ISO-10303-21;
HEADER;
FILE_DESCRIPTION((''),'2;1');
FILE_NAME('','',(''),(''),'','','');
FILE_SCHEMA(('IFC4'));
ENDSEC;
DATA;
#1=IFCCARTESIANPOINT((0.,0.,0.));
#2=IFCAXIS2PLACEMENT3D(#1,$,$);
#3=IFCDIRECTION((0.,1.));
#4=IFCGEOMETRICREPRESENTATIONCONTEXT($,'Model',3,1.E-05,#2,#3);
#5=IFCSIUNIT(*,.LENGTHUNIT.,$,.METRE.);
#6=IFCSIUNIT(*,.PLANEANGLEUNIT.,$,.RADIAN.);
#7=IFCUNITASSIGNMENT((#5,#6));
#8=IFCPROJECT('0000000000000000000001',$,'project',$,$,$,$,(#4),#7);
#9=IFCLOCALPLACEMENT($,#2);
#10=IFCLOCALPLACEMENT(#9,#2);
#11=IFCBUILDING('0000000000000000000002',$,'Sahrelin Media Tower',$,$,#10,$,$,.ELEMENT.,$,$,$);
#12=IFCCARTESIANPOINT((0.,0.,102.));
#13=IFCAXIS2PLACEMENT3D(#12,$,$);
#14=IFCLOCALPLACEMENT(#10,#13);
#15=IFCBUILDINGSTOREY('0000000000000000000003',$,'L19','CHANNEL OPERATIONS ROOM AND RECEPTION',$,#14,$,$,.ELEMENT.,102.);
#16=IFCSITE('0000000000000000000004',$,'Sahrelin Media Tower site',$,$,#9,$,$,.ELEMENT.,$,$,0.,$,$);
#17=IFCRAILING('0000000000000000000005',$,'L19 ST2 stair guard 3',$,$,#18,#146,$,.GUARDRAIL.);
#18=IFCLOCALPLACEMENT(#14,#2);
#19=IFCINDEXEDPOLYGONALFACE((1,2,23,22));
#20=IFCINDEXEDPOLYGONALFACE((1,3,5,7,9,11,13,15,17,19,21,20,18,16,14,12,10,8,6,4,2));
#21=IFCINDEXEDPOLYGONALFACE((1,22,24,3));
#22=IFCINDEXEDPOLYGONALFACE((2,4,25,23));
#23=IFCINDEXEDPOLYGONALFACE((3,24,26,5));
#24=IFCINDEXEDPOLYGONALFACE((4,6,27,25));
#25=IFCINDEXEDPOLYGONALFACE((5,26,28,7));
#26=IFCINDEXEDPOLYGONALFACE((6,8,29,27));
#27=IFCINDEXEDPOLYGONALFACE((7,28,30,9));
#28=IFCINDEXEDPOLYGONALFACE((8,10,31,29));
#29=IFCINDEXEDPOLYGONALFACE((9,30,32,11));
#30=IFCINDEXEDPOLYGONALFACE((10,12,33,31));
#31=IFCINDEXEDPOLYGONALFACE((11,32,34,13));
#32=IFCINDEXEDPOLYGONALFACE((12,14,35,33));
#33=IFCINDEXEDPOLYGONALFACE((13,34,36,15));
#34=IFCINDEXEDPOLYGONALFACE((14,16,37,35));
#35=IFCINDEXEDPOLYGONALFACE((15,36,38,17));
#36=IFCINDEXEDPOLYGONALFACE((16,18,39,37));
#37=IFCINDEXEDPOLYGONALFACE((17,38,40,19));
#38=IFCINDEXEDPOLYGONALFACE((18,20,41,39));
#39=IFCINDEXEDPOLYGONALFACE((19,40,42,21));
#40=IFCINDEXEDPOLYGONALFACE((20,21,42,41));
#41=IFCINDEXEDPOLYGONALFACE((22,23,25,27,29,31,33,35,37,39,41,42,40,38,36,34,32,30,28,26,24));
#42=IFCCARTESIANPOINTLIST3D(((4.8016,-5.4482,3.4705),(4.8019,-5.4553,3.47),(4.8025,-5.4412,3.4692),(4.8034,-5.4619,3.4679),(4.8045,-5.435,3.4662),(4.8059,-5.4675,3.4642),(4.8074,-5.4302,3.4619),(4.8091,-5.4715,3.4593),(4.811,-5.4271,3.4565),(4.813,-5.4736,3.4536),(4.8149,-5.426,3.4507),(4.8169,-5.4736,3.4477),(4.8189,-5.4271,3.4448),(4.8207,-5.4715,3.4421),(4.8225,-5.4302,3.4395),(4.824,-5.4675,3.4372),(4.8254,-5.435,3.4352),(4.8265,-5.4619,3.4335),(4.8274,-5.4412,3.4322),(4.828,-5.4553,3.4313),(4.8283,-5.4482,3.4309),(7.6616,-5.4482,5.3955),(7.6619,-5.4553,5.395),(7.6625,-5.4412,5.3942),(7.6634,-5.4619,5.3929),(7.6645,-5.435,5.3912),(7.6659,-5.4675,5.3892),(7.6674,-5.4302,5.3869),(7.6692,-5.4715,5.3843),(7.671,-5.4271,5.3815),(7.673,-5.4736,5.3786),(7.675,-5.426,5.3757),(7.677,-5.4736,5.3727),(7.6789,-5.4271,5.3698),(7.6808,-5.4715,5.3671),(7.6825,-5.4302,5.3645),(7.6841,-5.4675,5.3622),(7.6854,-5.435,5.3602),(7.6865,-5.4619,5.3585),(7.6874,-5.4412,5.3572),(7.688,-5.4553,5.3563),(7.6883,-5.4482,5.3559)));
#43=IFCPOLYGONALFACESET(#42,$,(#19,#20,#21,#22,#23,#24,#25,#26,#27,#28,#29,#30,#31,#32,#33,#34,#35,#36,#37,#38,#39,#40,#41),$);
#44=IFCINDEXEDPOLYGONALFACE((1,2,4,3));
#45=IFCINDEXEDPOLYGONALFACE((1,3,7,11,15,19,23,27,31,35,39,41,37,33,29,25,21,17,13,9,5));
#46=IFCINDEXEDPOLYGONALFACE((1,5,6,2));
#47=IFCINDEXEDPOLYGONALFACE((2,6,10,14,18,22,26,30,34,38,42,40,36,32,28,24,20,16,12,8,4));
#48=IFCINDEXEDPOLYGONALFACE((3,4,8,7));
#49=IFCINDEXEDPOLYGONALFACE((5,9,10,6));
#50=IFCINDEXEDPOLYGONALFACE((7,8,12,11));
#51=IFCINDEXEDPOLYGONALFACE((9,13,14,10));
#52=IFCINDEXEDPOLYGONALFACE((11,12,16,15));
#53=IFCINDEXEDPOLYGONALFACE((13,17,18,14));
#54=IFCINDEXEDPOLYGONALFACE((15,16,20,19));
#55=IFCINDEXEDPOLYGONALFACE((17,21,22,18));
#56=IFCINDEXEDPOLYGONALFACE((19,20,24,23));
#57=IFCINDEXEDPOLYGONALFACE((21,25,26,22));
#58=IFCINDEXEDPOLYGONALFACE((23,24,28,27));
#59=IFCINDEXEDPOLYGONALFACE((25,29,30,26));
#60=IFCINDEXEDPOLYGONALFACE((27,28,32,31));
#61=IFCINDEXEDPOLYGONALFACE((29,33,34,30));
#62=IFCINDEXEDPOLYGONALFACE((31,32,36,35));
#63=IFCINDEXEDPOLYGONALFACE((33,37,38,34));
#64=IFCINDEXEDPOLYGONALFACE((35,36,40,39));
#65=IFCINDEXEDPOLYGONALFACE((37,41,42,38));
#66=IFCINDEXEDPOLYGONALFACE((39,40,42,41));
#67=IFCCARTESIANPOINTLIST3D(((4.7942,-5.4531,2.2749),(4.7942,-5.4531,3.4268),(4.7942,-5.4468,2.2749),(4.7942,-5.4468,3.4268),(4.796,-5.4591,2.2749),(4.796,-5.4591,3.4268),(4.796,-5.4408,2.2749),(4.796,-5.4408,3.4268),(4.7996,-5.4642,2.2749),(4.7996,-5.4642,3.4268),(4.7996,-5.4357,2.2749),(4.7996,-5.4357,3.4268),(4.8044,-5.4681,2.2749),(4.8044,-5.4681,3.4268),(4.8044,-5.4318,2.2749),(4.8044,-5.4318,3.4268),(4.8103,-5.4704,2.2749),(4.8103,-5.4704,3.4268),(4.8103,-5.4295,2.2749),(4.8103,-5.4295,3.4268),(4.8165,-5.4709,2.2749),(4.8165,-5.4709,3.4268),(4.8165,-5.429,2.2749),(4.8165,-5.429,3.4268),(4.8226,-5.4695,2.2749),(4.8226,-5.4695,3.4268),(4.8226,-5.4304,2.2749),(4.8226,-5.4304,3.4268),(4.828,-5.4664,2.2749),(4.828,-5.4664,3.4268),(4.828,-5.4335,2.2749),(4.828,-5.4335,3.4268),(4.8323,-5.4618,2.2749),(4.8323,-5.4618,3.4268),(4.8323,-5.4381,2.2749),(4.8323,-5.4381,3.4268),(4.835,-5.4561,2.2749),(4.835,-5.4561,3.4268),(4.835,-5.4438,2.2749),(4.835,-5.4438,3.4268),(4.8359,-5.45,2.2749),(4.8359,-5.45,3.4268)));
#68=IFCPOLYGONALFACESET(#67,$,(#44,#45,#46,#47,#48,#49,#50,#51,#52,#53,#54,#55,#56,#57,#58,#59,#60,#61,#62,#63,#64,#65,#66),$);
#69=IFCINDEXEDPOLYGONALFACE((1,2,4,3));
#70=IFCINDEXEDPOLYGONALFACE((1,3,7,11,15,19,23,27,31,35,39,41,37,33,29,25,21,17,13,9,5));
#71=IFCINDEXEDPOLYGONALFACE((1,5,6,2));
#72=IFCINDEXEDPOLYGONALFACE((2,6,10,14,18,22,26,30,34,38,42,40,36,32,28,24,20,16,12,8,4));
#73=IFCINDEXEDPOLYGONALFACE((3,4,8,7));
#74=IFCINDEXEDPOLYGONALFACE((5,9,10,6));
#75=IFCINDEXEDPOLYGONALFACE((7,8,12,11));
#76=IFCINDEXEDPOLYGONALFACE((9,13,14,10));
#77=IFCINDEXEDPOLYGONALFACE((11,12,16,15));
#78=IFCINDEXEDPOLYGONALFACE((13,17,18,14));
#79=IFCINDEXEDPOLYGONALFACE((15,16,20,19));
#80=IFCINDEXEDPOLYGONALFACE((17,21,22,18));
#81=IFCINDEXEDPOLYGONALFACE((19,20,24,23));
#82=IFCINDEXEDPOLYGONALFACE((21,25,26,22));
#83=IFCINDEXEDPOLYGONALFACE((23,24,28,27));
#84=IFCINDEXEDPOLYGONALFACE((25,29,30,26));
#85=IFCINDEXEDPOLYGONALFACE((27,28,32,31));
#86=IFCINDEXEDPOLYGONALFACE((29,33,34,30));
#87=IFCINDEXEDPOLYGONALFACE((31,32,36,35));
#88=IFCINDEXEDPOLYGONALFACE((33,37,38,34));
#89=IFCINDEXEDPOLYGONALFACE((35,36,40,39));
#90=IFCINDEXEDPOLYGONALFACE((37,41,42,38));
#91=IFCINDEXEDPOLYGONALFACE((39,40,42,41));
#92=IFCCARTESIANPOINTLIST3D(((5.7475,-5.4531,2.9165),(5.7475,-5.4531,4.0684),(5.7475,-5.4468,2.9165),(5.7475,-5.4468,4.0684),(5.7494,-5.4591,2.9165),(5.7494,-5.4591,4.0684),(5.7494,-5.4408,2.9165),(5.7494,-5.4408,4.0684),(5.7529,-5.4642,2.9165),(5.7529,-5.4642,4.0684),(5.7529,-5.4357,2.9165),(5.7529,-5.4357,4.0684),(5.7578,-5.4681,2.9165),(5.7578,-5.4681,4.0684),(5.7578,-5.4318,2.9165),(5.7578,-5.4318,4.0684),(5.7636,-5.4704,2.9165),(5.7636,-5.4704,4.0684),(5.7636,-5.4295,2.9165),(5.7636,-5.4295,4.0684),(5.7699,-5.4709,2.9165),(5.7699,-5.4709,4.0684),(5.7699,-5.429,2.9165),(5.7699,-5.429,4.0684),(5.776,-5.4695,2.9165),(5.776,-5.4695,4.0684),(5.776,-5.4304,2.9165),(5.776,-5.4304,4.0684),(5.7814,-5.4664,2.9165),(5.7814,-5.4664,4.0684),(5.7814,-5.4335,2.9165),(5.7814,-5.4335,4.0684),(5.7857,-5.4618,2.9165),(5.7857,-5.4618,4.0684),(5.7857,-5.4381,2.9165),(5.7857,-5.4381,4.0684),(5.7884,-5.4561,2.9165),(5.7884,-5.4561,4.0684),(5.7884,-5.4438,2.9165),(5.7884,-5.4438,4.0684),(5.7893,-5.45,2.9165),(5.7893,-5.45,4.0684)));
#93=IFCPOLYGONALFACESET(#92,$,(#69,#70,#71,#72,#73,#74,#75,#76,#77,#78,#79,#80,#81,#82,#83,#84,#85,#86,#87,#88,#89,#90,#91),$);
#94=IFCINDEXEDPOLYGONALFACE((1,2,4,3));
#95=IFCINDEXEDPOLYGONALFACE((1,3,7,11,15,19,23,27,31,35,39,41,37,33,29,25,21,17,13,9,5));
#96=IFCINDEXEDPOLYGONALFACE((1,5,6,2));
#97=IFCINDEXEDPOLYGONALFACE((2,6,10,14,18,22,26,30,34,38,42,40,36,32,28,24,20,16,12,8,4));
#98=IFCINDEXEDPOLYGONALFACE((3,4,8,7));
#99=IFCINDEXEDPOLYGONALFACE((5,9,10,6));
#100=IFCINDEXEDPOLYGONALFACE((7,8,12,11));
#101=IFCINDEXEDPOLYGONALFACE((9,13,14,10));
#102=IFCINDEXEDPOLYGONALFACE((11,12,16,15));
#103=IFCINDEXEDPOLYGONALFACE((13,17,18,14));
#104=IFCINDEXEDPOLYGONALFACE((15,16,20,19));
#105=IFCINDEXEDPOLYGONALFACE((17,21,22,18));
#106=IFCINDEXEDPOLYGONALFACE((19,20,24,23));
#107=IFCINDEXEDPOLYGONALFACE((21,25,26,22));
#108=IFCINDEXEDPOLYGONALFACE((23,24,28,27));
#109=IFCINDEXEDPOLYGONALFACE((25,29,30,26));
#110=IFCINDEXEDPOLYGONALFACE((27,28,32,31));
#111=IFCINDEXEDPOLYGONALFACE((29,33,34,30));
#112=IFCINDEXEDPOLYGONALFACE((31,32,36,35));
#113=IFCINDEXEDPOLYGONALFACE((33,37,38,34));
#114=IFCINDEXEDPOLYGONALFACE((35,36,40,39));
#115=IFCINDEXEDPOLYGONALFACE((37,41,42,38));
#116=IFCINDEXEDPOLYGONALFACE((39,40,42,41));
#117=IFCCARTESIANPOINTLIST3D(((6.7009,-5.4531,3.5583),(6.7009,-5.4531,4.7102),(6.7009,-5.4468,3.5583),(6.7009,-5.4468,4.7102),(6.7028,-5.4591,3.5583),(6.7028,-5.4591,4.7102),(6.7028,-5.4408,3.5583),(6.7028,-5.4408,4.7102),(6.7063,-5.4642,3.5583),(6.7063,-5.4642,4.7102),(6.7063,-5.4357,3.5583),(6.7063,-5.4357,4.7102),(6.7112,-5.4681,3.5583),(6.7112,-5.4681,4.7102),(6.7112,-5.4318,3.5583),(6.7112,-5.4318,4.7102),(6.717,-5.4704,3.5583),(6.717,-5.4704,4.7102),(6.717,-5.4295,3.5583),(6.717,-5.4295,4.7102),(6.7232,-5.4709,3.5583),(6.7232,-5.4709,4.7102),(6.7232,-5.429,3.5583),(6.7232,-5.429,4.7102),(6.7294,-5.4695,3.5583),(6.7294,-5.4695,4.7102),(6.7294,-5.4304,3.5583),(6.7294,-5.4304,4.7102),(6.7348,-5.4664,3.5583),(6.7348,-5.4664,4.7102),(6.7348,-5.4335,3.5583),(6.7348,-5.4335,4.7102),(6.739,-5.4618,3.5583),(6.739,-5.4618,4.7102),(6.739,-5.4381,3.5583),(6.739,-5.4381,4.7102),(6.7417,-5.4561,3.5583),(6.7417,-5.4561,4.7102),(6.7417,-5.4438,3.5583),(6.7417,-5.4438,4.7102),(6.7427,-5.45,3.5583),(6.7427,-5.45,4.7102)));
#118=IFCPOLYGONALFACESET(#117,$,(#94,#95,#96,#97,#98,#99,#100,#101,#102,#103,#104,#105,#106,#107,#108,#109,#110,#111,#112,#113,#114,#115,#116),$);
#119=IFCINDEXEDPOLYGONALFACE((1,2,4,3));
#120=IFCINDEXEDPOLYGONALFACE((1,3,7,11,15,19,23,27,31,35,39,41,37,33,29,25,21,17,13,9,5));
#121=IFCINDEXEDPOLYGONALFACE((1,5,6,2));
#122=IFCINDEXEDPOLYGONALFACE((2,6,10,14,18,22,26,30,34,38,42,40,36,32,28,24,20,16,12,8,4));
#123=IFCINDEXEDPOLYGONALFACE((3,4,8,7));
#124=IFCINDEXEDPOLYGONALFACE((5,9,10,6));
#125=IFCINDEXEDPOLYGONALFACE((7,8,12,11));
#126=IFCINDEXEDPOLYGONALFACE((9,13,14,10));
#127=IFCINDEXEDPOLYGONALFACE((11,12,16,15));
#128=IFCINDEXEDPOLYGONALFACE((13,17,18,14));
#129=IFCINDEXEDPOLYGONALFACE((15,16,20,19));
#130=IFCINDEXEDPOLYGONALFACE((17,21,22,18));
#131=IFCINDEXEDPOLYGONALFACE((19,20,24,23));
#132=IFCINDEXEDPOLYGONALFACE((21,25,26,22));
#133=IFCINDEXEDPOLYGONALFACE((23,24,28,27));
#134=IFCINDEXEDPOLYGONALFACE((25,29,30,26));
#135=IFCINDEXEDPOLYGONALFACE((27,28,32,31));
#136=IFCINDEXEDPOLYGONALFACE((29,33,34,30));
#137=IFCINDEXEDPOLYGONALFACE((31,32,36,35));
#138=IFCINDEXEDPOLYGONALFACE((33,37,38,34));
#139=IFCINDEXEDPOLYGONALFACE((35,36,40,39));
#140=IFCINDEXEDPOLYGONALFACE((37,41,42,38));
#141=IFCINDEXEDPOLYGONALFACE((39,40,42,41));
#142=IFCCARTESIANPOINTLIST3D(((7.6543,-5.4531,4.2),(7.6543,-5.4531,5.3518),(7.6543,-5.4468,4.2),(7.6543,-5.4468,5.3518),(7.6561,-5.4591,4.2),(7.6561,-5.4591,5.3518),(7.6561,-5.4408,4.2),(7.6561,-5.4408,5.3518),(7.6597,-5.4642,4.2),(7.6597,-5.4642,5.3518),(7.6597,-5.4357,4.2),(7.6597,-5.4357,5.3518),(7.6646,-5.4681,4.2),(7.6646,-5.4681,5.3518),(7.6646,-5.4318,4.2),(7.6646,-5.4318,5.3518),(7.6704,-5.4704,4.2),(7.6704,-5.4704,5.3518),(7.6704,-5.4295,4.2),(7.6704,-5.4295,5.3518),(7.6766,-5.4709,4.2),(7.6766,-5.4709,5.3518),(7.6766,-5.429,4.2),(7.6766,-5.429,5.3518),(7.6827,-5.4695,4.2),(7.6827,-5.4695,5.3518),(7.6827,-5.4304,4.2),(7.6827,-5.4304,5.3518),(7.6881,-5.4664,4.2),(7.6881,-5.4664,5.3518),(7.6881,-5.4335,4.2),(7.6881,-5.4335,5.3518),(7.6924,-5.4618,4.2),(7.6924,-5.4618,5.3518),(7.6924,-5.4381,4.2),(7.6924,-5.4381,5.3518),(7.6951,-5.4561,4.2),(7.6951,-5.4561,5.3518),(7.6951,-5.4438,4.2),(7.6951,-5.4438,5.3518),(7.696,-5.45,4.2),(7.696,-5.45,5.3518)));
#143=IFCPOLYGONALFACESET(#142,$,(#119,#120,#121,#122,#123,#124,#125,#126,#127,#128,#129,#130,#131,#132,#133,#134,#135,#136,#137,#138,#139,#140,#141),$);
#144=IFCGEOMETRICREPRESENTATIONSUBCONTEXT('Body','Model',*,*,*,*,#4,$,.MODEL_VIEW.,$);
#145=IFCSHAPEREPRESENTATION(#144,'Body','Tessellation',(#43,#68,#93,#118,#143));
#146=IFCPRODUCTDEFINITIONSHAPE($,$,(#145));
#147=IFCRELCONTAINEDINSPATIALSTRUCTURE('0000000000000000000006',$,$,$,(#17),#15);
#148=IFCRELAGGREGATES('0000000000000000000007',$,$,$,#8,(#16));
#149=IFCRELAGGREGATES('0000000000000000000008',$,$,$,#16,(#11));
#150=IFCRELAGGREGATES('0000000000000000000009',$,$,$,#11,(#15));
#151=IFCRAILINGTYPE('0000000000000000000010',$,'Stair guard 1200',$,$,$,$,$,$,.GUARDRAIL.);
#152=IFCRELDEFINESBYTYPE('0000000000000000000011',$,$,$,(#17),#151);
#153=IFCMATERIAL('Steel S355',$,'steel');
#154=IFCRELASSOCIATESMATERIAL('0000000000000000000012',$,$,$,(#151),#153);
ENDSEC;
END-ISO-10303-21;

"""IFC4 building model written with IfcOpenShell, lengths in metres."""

from ifc_helpers import new_model, si_unit, direction, frame, origin, origin_2d, place, context, subcontext, project, spatial, circle, extrude, material, type_object, element, save


model = new_model("IFC4")

# Units and contexts
model_context = context("Model", 3, precision=1e-05, world=origin(), true_north=direction((0.0, 1.0)))
body_context = subcontext(model_context, "Body", "Model", "MODEL_VIEW")
ifc_project = project(units=[si_unit("LENGTHUNIT", "METRE"), si_unit("PLANEANGLEUNIT", "RADIAN")], contexts=[model_context])

# Site, building, storey
site_placement = place(None, origin())
site = spatial("IfcSite", under=ifc_project, at=site_placement, Name="Sahrelin Media Tower site", CompositionType="ELEMENT", RefElevation=0.0)
building_placement = place(site_placement, origin())
building = spatial("IfcBuilding", under=site, at=building_placement, Name="Sahrelin Media Tower", CompositionType="ELEMENT")
storey_placement = place(building_placement, frame((0.0, 0.0, 102.0)))
storey = spatial("IfcBuildingStorey", under=building, at=storey_placement, Name="L19", Description="CHANNEL OPERATIONS ROOM AND RECEPTION", CompositionType="ELEMENT", Elevation=102.0)

# Shared definitions
ifc_material_1 = material(Name="Steel S355", Category="steel")

# Railing
railing_type_1 = type_object("IfcRailingType", Name="Stair guard 1200", PredefinedType="GUARDRAIL", material=ifc_material_1)
railing_1_placement = place(storey_placement, frame((4.8149, -5.45, 2.2749)))
element("IfcRailing", 1, at=railing_1_placement, inside=storey, type_object=railing_type_1, Name="L19 ST2 stair guard 3", PredefinedType="GUARDRAIL", context=body_context, shape_type="SweptSolid", body=[
    extrude(circle(Radius=0.0239, at=origin_2d()), frame((0.0, 0.0, 1.1758), z_axis=(0.829591, 0.0, 0.558372), x_axis=(0.0, 1.0, 0.0)), (0.0, 0.0, 1.0), 3.4475),
    extrude(circle(Radius=0.021, at=origin_2d()), origin(), (0.0, 0.0, 1.0), 1.1519),
    extrude(circle(Radius=0.021, at=origin_2d()), frame((0.9534, 0.0, 0.6416)), (0.0, 0.0, 1.0), 1.1519),
    extrude(circle(Radius=0.021, at=origin_2d()), frame((1.9067, 0.0, 1.2834)), (0.0, 0.0, 1.0), 1.1519),
    extrude(circle(Radius=0.021, at=origin_2d()), frame((2.8601, 0.0, 1.925)), (0.0, 0.0, 1.0), 1.1519),
])

save(model, "model.ifc")
